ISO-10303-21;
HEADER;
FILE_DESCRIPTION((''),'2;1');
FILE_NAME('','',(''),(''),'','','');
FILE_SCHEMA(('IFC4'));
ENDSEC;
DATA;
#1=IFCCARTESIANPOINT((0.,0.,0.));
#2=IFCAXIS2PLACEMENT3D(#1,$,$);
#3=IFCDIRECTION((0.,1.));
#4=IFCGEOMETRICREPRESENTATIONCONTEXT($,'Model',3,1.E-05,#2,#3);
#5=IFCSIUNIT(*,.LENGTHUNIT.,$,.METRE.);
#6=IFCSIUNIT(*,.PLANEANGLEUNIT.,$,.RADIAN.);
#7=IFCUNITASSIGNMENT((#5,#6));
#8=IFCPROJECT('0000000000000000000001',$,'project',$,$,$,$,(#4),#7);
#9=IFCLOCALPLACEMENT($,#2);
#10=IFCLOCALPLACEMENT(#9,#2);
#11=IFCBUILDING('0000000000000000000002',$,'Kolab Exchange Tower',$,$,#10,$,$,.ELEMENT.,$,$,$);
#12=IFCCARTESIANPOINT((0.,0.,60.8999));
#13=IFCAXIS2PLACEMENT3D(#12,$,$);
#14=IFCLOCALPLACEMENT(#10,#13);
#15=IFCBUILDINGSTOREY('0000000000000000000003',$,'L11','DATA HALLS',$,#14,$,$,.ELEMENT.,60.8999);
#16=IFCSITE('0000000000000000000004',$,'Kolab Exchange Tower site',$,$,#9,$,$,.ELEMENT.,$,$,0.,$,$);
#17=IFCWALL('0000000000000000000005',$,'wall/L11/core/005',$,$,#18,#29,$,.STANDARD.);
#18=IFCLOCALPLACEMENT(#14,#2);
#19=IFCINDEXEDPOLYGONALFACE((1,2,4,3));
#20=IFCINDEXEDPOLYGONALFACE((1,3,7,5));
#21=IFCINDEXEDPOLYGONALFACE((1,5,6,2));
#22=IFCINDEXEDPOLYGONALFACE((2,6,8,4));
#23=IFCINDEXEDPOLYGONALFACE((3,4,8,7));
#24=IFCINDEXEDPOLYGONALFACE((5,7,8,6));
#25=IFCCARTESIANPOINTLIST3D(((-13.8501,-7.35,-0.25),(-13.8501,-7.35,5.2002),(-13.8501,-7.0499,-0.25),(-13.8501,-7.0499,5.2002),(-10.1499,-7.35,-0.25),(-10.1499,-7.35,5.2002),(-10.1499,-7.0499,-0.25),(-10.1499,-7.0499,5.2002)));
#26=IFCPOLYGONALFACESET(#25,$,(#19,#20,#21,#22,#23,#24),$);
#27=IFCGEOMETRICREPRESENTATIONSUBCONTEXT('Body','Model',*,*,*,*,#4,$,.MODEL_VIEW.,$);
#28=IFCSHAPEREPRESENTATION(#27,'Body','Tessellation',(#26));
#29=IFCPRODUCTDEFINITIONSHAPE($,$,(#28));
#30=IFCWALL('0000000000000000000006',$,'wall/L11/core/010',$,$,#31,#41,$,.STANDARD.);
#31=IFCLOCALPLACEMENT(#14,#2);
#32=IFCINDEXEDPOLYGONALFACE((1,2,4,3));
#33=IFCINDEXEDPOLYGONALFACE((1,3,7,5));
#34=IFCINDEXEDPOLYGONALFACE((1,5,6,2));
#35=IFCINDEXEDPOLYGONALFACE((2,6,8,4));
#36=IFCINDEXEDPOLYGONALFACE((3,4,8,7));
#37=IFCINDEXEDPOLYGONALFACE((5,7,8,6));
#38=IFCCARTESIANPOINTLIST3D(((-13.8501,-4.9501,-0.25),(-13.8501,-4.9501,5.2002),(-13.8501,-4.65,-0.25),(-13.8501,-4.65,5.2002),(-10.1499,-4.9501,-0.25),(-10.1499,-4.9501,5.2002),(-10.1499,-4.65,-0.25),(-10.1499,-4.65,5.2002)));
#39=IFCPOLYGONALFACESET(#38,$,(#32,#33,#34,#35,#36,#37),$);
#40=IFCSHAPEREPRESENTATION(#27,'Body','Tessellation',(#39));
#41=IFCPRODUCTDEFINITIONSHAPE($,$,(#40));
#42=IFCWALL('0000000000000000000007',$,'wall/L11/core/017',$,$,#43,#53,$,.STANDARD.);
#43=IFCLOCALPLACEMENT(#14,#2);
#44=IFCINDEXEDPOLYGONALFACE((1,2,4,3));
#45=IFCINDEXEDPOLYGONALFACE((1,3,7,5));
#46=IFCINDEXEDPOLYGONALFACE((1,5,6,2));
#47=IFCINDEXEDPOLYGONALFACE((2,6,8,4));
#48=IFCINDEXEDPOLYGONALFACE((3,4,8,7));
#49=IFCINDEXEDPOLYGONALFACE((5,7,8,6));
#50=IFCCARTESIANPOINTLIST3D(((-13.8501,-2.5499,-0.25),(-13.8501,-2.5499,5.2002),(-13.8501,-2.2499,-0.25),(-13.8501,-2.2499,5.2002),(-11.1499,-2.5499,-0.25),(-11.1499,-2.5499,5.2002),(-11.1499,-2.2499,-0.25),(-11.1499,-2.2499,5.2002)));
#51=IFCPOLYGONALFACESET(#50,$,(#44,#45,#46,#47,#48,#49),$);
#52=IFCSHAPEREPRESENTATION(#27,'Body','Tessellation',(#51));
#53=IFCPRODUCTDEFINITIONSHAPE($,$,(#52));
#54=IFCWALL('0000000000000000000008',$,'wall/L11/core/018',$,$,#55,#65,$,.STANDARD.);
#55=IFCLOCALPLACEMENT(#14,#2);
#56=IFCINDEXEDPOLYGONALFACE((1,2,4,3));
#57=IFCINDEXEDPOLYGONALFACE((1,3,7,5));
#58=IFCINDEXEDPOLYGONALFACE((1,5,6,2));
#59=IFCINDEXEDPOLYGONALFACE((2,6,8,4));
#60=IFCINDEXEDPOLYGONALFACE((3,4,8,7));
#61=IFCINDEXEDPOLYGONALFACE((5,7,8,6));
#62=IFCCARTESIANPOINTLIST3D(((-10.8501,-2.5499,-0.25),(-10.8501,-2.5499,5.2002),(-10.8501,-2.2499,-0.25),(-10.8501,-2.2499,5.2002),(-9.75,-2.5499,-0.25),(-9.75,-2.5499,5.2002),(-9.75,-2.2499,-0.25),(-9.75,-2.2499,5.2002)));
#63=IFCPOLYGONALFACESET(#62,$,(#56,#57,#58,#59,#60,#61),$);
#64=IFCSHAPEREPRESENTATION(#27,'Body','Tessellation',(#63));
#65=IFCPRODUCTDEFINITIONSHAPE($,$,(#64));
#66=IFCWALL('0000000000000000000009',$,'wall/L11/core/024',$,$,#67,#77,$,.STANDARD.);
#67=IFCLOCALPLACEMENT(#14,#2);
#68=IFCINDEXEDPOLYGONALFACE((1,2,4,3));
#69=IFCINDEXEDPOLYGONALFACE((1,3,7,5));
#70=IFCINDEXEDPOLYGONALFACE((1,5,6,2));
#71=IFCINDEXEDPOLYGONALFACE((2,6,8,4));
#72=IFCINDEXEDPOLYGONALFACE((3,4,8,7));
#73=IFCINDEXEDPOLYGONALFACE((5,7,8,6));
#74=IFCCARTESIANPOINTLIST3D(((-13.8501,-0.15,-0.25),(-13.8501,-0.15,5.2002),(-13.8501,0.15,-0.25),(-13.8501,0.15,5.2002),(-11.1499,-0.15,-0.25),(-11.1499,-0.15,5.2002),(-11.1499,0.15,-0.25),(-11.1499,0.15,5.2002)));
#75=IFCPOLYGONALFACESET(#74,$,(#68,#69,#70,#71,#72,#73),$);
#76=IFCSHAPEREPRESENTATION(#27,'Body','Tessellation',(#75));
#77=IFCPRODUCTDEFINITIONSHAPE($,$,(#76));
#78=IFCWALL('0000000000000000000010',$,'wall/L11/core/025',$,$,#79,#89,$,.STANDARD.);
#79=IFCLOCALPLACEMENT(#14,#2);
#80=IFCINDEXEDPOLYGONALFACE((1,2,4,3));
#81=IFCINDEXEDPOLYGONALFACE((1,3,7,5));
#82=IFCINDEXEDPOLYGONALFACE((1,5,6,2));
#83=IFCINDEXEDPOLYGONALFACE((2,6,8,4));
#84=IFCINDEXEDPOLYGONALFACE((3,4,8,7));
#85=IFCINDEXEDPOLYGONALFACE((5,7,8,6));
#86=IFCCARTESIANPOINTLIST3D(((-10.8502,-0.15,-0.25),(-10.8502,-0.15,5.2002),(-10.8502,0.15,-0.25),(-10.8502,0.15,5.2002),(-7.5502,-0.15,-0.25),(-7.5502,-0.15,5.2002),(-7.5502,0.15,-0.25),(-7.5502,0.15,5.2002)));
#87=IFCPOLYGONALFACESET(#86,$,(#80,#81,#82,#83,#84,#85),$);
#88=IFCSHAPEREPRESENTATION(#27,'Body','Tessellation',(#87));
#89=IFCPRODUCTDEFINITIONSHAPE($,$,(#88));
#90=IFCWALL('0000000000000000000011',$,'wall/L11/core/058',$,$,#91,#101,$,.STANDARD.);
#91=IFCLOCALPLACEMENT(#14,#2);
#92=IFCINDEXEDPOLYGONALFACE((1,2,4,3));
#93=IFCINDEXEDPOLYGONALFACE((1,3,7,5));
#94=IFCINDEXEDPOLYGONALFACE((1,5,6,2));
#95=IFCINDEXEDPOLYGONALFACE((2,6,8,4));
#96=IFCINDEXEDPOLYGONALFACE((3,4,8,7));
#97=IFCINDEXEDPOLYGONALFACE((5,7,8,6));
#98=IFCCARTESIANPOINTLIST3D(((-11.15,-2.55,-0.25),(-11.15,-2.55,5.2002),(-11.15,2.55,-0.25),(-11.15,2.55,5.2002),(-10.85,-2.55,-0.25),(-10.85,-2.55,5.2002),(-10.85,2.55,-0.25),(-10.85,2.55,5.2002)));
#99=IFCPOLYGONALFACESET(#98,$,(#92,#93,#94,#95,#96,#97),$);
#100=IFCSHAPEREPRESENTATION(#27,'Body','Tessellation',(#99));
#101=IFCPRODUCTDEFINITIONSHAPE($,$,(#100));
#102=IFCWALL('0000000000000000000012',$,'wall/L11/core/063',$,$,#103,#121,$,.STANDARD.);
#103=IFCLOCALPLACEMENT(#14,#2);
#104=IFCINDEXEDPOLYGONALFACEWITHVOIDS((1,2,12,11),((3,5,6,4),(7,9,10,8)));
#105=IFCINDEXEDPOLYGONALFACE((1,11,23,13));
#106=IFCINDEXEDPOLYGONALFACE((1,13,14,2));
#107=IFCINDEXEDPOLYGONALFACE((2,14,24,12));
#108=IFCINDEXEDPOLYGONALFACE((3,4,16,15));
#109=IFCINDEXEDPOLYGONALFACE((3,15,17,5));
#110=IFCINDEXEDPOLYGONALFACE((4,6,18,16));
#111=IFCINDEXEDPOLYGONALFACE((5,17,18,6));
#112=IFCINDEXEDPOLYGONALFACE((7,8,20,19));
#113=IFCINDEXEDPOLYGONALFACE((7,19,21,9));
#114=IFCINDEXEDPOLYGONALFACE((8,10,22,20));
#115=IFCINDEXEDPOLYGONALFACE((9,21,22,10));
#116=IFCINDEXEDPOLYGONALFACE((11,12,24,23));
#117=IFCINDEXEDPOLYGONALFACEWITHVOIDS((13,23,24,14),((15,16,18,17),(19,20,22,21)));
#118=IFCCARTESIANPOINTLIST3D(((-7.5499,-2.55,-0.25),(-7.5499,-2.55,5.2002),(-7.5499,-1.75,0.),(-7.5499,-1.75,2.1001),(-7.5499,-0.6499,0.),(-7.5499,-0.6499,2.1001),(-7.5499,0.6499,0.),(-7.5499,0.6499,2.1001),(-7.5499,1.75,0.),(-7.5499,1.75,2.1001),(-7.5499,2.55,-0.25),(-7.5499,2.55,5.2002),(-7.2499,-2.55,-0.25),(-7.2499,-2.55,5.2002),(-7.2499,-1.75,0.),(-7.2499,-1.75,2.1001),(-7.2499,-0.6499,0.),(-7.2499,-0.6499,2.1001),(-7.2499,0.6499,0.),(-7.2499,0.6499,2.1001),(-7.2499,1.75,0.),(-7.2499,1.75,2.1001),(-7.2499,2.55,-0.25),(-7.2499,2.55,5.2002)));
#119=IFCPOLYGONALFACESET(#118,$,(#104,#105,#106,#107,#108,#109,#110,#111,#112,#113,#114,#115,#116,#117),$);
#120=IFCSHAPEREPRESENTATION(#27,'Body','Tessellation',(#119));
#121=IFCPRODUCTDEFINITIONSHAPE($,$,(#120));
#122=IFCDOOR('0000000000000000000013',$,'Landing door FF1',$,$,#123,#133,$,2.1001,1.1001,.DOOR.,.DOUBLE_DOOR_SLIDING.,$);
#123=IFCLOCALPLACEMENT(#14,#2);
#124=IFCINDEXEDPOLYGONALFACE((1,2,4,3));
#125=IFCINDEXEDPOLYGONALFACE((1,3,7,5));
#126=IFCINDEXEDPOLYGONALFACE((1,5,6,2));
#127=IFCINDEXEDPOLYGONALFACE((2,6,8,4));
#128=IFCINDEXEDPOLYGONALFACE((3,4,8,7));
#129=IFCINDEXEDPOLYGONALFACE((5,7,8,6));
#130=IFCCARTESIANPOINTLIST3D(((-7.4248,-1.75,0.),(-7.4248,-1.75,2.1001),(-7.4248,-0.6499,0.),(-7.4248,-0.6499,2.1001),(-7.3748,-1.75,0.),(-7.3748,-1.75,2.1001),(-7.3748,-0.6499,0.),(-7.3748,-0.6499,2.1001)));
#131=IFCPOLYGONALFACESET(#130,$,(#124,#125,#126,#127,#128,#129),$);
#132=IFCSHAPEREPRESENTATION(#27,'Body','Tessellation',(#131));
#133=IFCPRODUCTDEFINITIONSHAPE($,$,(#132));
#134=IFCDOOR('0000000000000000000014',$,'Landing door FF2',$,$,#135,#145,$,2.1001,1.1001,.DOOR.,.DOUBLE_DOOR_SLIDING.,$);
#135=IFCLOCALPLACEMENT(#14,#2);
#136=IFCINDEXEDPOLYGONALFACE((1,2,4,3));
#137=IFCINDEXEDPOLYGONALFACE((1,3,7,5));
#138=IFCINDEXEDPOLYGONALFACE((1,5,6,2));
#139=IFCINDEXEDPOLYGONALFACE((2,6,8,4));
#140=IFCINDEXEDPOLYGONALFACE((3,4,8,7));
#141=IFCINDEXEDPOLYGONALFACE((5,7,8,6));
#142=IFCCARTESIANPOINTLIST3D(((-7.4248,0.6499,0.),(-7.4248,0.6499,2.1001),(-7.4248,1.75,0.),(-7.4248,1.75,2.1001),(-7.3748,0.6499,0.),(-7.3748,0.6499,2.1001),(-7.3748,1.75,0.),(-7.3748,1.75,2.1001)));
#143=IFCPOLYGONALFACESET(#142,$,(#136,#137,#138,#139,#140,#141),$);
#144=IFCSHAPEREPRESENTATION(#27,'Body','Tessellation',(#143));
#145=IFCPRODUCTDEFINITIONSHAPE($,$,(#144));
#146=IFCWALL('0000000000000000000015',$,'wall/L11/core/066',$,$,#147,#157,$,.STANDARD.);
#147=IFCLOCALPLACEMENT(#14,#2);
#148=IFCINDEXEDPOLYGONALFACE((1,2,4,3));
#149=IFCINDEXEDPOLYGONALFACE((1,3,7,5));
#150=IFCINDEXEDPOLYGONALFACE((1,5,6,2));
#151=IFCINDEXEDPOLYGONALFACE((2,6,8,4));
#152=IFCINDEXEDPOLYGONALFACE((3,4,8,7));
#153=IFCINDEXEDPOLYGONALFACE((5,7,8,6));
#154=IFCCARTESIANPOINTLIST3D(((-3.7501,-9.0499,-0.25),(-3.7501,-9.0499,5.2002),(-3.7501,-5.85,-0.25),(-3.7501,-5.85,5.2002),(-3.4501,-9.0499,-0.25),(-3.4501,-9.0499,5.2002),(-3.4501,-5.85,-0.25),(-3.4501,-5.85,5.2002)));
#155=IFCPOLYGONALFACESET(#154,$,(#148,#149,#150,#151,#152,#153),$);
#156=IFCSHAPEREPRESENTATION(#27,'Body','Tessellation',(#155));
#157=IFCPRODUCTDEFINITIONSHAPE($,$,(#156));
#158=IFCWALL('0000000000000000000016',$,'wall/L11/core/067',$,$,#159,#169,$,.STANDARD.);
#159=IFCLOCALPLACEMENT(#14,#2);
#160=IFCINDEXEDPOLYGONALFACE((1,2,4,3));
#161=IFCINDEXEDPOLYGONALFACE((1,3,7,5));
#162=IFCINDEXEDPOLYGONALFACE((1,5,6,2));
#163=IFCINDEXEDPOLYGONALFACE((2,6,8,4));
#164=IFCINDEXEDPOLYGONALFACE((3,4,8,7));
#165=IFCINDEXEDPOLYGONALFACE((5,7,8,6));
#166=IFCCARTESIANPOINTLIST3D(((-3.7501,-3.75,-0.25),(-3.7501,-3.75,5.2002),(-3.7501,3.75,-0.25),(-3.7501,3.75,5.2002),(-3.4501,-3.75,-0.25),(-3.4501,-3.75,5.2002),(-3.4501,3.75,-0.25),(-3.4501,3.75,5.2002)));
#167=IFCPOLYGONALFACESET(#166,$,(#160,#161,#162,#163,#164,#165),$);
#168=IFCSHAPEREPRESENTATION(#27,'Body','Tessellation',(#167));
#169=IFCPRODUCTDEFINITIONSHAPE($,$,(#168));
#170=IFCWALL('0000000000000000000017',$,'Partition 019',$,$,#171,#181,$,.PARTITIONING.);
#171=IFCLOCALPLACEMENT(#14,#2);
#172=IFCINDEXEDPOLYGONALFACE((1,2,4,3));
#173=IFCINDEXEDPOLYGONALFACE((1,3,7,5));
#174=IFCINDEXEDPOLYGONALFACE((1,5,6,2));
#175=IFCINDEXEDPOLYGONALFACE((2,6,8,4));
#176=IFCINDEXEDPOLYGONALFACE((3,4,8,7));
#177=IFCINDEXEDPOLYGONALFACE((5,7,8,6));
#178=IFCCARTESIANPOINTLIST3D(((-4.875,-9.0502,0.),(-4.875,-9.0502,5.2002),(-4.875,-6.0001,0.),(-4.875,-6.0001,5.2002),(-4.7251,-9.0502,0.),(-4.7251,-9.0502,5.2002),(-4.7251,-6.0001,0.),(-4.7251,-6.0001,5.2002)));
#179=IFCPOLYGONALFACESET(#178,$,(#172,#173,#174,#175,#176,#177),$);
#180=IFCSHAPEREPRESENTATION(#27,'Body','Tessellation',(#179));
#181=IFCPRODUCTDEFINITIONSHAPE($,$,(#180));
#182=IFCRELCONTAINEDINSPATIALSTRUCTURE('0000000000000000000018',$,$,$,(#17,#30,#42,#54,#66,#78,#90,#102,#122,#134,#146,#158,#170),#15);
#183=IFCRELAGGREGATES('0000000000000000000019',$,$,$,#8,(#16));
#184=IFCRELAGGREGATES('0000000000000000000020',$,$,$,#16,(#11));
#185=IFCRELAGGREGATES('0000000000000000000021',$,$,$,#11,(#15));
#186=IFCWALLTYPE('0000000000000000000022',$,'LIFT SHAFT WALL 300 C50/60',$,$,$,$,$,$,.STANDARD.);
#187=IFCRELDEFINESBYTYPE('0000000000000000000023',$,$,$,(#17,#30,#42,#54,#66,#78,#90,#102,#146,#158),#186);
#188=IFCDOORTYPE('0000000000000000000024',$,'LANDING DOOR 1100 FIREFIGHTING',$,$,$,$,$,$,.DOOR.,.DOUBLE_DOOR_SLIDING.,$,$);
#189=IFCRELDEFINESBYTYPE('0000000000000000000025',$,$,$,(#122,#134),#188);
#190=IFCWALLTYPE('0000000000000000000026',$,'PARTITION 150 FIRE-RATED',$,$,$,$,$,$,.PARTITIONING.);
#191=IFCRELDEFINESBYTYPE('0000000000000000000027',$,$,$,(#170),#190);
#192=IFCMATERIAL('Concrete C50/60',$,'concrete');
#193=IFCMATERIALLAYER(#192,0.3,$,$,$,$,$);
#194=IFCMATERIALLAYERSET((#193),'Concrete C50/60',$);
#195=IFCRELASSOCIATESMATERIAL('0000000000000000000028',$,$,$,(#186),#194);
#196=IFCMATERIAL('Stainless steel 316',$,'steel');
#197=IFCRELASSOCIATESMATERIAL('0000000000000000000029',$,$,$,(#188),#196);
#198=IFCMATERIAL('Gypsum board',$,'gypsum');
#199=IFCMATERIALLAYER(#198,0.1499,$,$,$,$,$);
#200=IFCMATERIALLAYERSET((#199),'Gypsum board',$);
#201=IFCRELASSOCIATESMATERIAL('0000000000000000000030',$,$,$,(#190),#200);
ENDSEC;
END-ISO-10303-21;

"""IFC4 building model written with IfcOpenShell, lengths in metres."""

from ifc_helpers import new_model, si_unit, direction, frame, frame_2d, origin, place, context, subcontext, project, spatial, rectangle, extrude, material, layer, layer_set, type_object, element, fill, save


model = new_model("IFC4")

# Units and contexts
model_context = context("Model", 3, precision=1e-05, world=origin(), true_north=direction((0.0, 1.0)))
body_context = subcontext(model_context, "Body", "Model", "MODEL_VIEW")
ifc_project = project(units=[si_unit("LENGTHUNIT", "METRE"), si_unit("PLANEANGLEUNIT", "RADIAN")], contexts=[model_context])

# Site, building, storey
site_placement = place(None, origin())
site = spatial("IfcSite", under=ifc_project, at=site_placement, Name="Kolab Exchange Tower site", CompositionType="ELEMENT", RefElevation=0.0)
building_placement = place(site_placement, origin())
building = spatial("IfcBuilding", under=site, at=building_placement, Name="Kolab Exchange Tower", CompositionType="ELEMENT")
storey_placement = place(building_placement, frame((0.0, 0.0, 60.8999)))
storey = spatial("IfcBuildingStorey", under=building, at=storey_placement, Name="L11", Description="DATA HALLS", CompositionType="ELEMENT", Elevation=60.8999)

# Walls
ifc_material_1 = material(Name="Concrete C50/60", Category="concrete")
ifc_layer_1 = layer(ifc_material_1, 0.3)
ifc_layer_set_1 = layer_set([ifc_layer_1], Name="Concrete C50/60")
wall_type_1 = type_object("IfcWallType", Name="LIFT SHAFT WALL 300 C50/60", PredefinedType="STANDARD", material=ifc_layer_set_1)
for number, where, z_axis, x_axis, name in (
    (1, (-13.8501, -7.2, -0.25), (0.0, 0.0, 1.0), (1.0, 0.0, 0.0), "wall/L11/core/005"),
    (2, (-13.8501, -4.8, -0.25), (0.0, 0.0, 1.0), (1.0, 0.0, 0.0), "wall/L11/core/010"),
):
    element("IfcWall", number, at=place(storey_placement, frame(where, z_axis=z_axis, x_axis=x_axis)), inside=storey, type_object=wall_type_1, Name=name, PredefinedType="STANDARD", context=body_context, shape_type="SweptSolid", body=[
        extrude(rectangle(XDim=3.7002, YDim=0.3, at=frame_2d((1.8501, 0.0))), origin(), (0.0, 0.0, 1.0), 5.4502),
    ])
wall_1_placement = place(storey_placement, frame((-13.8501, -2.3999, -0.25), z_axis=(0.0, 0.0, 1.0), x_axis=(1.0, 0.0, 0.0)))
element("IfcWall", 3, at=wall_1_placement, inside=storey, type_object=wall_type_1, Name="wall/L11/core/017", PredefinedType="STANDARD", context=body_context, shape_type="SweptSolid", body=[
    extrude(rectangle(XDim=2.7002, YDim=0.3, at=frame_2d((1.3501, 0.0))), origin(), (0.0, 0.0, 1.0), 5.4502),
])
wall_2_placement = place(storey_placement, frame((-10.8501, -2.3999, -0.25), z_axis=(0.0, 0.0, 1.0), x_axis=(1.0, 0.0, 0.0)))
element("IfcWall", 4, at=wall_2_placement, inside=storey, type_object=wall_type_1, Name="wall/L11/core/018", PredefinedType="STANDARD", context=body_context, shape_type="SweptSolid", body=[
    extrude(rectangle(XDim=1.1001, YDim=0.3, at=frame_2d((0.55, 0.0))), origin(), (0.0, 0.0, 1.0), 5.4502),
])
wall_3_placement = place(storey_placement, frame((-13.8501, 0.0, -0.25), z_axis=(0.0, 0.0, 1.0), x_axis=(1.0, 0.0, 0.0)))
element("IfcWall", 5, at=wall_3_placement, inside=storey, type_object=wall_type_1, Name="wall/L11/core/024", PredefinedType="STANDARD", context=body_context, shape_type="SweptSolid", body=[
    extrude(rectangle(XDim=2.7002, YDim=0.3, at=frame_2d((1.3501, 0.0))), origin(), (0.0, 0.0, 1.0), 5.4502),
])
wall_4_placement = place(storey_placement, frame((-10.8501, 0.0, -0.25), z_axis=(0.0, 0.0, 1.0), x_axis=(1.0, 0.0, 0.0)))
element("IfcWall", 6, at=wall_4_placement, inside=storey, type_object=wall_type_1, Name="wall/L11/core/025", PredefinedType="STANDARD", context=body_context, shape_type="SweptSolid", body=[
    extrude(rectangle(XDim=3.3, YDim=0.3, at=frame_2d((1.6499, 0.0))), origin(), (0.0, 0.0, 1.0), 5.4502),
])
wall_5_placement = place(storey_placement, frame((-11.0, -2.55, -0.25), z_axis=(0.0, 0.0, 1.0), x_axis=(0.0, 1.0, 0.0)))
element("IfcWall", 7, at=wall_5_placement, inside=storey, type_object=wall_type_1, Name="wall/L11/core/058", PredefinedType="STANDARD", context=body_context, shape_type="SweptSolid", body=[
    extrude(rectangle(XDim=5.1001, YDim=0.3, at=frame_2d((2.55, 0.0))), origin(), (0.0, 0.0, 1.0), 5.4502),
])

# Wall, openings, doors
wall_6_placement = place(storey_placement, frame((-7.3999, -2.55, -0.25), z_axis=(0.0, 0.0, 1.0), x_axis=(0.0, 1.0, 0.0)))
wall_6 = element("IfcWall", 8, at=wall_6_placement, inside=storey, type_object=wall_type_1, Name="wall/L11/core/063", PredefinedType="STANDARD", context=body_context, shape_type="SweptSolid", body=[
    extrude(rectangle(XDim=5.1001, YDim=0.3, at=frame_2d((2.55, 0.0))), origin(), (0.0, 0.0, 1.0), 5.4502),
])
opening_1_placement = place(wall_6_placement, frame((0.8, 0.0, 0.25)))
opening_1 = element("IfcOpeningElement", 9, at=opening_1_placement, cuts=wall_6, PredefinedType="OPENING", context=body_context, shape_type="SweptSolid", body=[
    extrude(rectangle(XDim=1.1001, YDim=2.1001, at=frame_2d((0.55, 1.05))), frame((0.0, 0.1602, 0.0), z_axis=(0.0, -1.0, 0.0), x_axis=(1.0, 0.0, 0.0)), (0.0, 0.0, 1.0), 0.3201),
])
opening_2_placement = place(wall_6_placement, frame((3.2, 0.0, 0.25)))
opening_2 = element("IfcOpeningElement", 10, at=opening_2_placement, cuts=wall_6, PredefinedType="OPENING", context=body_context, shape_type="SweptSolid", body=[
    extrude(rectangle(XDim=1.1001, YDim=2.1001, at=frame_2d((0.55, 1.05))), frame((0.0, 0.1602, 0.0), z_axis=(0.0, -1.0, 0.0), x_axis=(1.0, 0.0, 0.0)), (0.0, 0.0, 1.0), 0.3201),
])
ifc_material_2 = material(Name="Stainless steel 316", Category="steel")
door_type_1 = type_object("IfcDoorType", Name="LANDING DOOR 1100 FIREFIGHTING", OperationType="DOUBLE_DOOR_SLIDING", PredefinedType="DOOR", material=ifc_material_2)
door_1_placement = place(opening_1_placement, origin())
door_1 = element("IfcDoor", 11, at=door_1_placement, inside=storey, type_object=door_type_1, Name="Landing door FF1", OperationType="DOUBLE_DOOR_SLIDING", OverallHeight=2.1001, OverallWidth=1.1001, PredefinedType="DOOR", context=body_context, shape_type="SweptSolid", body=[
    extrude(rectangle(XDim=1.1001, YDim=2.1001, at=frame_2d((0.55, 1.05))), frame((0.0, 0.0249, 0.0), z_axis=(0.0, -1.0, 0.0), x_axis=(1.0, 0.0, 0.0)), (0.0, 0.0, 1.0), 0.05),
])
fill(opening_1, door_1)
door_2_placement = place(opening_2_placement, origin())
door_2 = element("IfcDoor", 12, at=door_2_placement, inside=storey, type_object=door_type_1, Name="Landing door FF2", OperationType="DOUBLE_DOOR_SLIDING", OverallHeight=2.1001, OverallWidth=1.1001, PredefinedType="DOOR", context=body_context, shape_type="SweptSolid", body=[
    extrude(rectangle(XDim=1.1001, YDim=2.1001, at=frame_2d((0.55, 1.05))), frame((0.0, 0.0249, 0.0), z_axis=(0.0, -1.0, 0.0), x_axis=(1.0, 0.0, 0.0)), (0.0, 0.0, 1.0), 0.05),
])
fill(opening_2, door_2)

# Walls
wall_7_placement = place(storey_placement, frame((-3.6001, -9.05, -0.25), z_axis=(0.0, 0.0, 1.0), x_axis=(0.0, 1.0, 0.0)))
element("IfcWall", 13, at=wall_7_placement, inside=storey, type_object=wall_type_1, Name="wall/L11/core/066", PredefinedType="STANDARD", context=body_context, shape_type="SweptSolid", body=[
    extrude(rectangle(XDim=3.2, YDim=0.3, at=frame_2d((1.6001, 0.0))), origin(), (0.0, 0.0, 1.0), 5.4502),
])
wall_8_placement = place(storey_placement, frame((-3.6001, -3.75, -0.25), z_axis=(0.0, 0.0, 1.0), x_axis=(0.0, 1.0, 0.0)))
element("IfcWall", 14, at=wall_8_placement, inside=storey, type_object=wall_type_1, Name="wall/L11/core/067", PredefinedType="STANDARD", context=body_context, shape_type="SweptSolid", body=[
    extrude(rectangle(XDim=7.5, YDim=0.3, at=frame_2d((3.75, 0.0))), origin(), (0.0, 0.0, 1.0), 5.4502),
])
ifc_material_3 = material(Name="Gypsum board", Category="gypsum")
ifc_layer_2 = layer(ifc_material_3, 0.1499)
ifc_layer_set_2 = layer_set([ifc_layer_2], Name="Gypsum board")
wall_type_2 = type_object("IfcWallType", Name="PARTITION 150 FIRE-RATED", PredefinedType="PARTITIONING", material=ifc_layer_set_2)
wall_9_placement = place(storey_placement, frame((-4.8, -9.05, 0.0), z_axis=(0.0, 0.0, 1.0), x_axis=(0.0, 1.0, 0.0)))
element("IfcWall", 15, at=wall_9_placement, inside=storey, type_object=wall_type_2, Name="Partition 019", PredefinedType="PARTITIONING", context=body_context, shape_type="SweptSolid", body=[
    extrude(rectangle(XDim=3.05, YDim=0.1499, at=frame_2d((1.5249, 0.0))), origin(), (0.0, 0.0, 1.0), 5.2002),
])

save(model, "model.ifc")
